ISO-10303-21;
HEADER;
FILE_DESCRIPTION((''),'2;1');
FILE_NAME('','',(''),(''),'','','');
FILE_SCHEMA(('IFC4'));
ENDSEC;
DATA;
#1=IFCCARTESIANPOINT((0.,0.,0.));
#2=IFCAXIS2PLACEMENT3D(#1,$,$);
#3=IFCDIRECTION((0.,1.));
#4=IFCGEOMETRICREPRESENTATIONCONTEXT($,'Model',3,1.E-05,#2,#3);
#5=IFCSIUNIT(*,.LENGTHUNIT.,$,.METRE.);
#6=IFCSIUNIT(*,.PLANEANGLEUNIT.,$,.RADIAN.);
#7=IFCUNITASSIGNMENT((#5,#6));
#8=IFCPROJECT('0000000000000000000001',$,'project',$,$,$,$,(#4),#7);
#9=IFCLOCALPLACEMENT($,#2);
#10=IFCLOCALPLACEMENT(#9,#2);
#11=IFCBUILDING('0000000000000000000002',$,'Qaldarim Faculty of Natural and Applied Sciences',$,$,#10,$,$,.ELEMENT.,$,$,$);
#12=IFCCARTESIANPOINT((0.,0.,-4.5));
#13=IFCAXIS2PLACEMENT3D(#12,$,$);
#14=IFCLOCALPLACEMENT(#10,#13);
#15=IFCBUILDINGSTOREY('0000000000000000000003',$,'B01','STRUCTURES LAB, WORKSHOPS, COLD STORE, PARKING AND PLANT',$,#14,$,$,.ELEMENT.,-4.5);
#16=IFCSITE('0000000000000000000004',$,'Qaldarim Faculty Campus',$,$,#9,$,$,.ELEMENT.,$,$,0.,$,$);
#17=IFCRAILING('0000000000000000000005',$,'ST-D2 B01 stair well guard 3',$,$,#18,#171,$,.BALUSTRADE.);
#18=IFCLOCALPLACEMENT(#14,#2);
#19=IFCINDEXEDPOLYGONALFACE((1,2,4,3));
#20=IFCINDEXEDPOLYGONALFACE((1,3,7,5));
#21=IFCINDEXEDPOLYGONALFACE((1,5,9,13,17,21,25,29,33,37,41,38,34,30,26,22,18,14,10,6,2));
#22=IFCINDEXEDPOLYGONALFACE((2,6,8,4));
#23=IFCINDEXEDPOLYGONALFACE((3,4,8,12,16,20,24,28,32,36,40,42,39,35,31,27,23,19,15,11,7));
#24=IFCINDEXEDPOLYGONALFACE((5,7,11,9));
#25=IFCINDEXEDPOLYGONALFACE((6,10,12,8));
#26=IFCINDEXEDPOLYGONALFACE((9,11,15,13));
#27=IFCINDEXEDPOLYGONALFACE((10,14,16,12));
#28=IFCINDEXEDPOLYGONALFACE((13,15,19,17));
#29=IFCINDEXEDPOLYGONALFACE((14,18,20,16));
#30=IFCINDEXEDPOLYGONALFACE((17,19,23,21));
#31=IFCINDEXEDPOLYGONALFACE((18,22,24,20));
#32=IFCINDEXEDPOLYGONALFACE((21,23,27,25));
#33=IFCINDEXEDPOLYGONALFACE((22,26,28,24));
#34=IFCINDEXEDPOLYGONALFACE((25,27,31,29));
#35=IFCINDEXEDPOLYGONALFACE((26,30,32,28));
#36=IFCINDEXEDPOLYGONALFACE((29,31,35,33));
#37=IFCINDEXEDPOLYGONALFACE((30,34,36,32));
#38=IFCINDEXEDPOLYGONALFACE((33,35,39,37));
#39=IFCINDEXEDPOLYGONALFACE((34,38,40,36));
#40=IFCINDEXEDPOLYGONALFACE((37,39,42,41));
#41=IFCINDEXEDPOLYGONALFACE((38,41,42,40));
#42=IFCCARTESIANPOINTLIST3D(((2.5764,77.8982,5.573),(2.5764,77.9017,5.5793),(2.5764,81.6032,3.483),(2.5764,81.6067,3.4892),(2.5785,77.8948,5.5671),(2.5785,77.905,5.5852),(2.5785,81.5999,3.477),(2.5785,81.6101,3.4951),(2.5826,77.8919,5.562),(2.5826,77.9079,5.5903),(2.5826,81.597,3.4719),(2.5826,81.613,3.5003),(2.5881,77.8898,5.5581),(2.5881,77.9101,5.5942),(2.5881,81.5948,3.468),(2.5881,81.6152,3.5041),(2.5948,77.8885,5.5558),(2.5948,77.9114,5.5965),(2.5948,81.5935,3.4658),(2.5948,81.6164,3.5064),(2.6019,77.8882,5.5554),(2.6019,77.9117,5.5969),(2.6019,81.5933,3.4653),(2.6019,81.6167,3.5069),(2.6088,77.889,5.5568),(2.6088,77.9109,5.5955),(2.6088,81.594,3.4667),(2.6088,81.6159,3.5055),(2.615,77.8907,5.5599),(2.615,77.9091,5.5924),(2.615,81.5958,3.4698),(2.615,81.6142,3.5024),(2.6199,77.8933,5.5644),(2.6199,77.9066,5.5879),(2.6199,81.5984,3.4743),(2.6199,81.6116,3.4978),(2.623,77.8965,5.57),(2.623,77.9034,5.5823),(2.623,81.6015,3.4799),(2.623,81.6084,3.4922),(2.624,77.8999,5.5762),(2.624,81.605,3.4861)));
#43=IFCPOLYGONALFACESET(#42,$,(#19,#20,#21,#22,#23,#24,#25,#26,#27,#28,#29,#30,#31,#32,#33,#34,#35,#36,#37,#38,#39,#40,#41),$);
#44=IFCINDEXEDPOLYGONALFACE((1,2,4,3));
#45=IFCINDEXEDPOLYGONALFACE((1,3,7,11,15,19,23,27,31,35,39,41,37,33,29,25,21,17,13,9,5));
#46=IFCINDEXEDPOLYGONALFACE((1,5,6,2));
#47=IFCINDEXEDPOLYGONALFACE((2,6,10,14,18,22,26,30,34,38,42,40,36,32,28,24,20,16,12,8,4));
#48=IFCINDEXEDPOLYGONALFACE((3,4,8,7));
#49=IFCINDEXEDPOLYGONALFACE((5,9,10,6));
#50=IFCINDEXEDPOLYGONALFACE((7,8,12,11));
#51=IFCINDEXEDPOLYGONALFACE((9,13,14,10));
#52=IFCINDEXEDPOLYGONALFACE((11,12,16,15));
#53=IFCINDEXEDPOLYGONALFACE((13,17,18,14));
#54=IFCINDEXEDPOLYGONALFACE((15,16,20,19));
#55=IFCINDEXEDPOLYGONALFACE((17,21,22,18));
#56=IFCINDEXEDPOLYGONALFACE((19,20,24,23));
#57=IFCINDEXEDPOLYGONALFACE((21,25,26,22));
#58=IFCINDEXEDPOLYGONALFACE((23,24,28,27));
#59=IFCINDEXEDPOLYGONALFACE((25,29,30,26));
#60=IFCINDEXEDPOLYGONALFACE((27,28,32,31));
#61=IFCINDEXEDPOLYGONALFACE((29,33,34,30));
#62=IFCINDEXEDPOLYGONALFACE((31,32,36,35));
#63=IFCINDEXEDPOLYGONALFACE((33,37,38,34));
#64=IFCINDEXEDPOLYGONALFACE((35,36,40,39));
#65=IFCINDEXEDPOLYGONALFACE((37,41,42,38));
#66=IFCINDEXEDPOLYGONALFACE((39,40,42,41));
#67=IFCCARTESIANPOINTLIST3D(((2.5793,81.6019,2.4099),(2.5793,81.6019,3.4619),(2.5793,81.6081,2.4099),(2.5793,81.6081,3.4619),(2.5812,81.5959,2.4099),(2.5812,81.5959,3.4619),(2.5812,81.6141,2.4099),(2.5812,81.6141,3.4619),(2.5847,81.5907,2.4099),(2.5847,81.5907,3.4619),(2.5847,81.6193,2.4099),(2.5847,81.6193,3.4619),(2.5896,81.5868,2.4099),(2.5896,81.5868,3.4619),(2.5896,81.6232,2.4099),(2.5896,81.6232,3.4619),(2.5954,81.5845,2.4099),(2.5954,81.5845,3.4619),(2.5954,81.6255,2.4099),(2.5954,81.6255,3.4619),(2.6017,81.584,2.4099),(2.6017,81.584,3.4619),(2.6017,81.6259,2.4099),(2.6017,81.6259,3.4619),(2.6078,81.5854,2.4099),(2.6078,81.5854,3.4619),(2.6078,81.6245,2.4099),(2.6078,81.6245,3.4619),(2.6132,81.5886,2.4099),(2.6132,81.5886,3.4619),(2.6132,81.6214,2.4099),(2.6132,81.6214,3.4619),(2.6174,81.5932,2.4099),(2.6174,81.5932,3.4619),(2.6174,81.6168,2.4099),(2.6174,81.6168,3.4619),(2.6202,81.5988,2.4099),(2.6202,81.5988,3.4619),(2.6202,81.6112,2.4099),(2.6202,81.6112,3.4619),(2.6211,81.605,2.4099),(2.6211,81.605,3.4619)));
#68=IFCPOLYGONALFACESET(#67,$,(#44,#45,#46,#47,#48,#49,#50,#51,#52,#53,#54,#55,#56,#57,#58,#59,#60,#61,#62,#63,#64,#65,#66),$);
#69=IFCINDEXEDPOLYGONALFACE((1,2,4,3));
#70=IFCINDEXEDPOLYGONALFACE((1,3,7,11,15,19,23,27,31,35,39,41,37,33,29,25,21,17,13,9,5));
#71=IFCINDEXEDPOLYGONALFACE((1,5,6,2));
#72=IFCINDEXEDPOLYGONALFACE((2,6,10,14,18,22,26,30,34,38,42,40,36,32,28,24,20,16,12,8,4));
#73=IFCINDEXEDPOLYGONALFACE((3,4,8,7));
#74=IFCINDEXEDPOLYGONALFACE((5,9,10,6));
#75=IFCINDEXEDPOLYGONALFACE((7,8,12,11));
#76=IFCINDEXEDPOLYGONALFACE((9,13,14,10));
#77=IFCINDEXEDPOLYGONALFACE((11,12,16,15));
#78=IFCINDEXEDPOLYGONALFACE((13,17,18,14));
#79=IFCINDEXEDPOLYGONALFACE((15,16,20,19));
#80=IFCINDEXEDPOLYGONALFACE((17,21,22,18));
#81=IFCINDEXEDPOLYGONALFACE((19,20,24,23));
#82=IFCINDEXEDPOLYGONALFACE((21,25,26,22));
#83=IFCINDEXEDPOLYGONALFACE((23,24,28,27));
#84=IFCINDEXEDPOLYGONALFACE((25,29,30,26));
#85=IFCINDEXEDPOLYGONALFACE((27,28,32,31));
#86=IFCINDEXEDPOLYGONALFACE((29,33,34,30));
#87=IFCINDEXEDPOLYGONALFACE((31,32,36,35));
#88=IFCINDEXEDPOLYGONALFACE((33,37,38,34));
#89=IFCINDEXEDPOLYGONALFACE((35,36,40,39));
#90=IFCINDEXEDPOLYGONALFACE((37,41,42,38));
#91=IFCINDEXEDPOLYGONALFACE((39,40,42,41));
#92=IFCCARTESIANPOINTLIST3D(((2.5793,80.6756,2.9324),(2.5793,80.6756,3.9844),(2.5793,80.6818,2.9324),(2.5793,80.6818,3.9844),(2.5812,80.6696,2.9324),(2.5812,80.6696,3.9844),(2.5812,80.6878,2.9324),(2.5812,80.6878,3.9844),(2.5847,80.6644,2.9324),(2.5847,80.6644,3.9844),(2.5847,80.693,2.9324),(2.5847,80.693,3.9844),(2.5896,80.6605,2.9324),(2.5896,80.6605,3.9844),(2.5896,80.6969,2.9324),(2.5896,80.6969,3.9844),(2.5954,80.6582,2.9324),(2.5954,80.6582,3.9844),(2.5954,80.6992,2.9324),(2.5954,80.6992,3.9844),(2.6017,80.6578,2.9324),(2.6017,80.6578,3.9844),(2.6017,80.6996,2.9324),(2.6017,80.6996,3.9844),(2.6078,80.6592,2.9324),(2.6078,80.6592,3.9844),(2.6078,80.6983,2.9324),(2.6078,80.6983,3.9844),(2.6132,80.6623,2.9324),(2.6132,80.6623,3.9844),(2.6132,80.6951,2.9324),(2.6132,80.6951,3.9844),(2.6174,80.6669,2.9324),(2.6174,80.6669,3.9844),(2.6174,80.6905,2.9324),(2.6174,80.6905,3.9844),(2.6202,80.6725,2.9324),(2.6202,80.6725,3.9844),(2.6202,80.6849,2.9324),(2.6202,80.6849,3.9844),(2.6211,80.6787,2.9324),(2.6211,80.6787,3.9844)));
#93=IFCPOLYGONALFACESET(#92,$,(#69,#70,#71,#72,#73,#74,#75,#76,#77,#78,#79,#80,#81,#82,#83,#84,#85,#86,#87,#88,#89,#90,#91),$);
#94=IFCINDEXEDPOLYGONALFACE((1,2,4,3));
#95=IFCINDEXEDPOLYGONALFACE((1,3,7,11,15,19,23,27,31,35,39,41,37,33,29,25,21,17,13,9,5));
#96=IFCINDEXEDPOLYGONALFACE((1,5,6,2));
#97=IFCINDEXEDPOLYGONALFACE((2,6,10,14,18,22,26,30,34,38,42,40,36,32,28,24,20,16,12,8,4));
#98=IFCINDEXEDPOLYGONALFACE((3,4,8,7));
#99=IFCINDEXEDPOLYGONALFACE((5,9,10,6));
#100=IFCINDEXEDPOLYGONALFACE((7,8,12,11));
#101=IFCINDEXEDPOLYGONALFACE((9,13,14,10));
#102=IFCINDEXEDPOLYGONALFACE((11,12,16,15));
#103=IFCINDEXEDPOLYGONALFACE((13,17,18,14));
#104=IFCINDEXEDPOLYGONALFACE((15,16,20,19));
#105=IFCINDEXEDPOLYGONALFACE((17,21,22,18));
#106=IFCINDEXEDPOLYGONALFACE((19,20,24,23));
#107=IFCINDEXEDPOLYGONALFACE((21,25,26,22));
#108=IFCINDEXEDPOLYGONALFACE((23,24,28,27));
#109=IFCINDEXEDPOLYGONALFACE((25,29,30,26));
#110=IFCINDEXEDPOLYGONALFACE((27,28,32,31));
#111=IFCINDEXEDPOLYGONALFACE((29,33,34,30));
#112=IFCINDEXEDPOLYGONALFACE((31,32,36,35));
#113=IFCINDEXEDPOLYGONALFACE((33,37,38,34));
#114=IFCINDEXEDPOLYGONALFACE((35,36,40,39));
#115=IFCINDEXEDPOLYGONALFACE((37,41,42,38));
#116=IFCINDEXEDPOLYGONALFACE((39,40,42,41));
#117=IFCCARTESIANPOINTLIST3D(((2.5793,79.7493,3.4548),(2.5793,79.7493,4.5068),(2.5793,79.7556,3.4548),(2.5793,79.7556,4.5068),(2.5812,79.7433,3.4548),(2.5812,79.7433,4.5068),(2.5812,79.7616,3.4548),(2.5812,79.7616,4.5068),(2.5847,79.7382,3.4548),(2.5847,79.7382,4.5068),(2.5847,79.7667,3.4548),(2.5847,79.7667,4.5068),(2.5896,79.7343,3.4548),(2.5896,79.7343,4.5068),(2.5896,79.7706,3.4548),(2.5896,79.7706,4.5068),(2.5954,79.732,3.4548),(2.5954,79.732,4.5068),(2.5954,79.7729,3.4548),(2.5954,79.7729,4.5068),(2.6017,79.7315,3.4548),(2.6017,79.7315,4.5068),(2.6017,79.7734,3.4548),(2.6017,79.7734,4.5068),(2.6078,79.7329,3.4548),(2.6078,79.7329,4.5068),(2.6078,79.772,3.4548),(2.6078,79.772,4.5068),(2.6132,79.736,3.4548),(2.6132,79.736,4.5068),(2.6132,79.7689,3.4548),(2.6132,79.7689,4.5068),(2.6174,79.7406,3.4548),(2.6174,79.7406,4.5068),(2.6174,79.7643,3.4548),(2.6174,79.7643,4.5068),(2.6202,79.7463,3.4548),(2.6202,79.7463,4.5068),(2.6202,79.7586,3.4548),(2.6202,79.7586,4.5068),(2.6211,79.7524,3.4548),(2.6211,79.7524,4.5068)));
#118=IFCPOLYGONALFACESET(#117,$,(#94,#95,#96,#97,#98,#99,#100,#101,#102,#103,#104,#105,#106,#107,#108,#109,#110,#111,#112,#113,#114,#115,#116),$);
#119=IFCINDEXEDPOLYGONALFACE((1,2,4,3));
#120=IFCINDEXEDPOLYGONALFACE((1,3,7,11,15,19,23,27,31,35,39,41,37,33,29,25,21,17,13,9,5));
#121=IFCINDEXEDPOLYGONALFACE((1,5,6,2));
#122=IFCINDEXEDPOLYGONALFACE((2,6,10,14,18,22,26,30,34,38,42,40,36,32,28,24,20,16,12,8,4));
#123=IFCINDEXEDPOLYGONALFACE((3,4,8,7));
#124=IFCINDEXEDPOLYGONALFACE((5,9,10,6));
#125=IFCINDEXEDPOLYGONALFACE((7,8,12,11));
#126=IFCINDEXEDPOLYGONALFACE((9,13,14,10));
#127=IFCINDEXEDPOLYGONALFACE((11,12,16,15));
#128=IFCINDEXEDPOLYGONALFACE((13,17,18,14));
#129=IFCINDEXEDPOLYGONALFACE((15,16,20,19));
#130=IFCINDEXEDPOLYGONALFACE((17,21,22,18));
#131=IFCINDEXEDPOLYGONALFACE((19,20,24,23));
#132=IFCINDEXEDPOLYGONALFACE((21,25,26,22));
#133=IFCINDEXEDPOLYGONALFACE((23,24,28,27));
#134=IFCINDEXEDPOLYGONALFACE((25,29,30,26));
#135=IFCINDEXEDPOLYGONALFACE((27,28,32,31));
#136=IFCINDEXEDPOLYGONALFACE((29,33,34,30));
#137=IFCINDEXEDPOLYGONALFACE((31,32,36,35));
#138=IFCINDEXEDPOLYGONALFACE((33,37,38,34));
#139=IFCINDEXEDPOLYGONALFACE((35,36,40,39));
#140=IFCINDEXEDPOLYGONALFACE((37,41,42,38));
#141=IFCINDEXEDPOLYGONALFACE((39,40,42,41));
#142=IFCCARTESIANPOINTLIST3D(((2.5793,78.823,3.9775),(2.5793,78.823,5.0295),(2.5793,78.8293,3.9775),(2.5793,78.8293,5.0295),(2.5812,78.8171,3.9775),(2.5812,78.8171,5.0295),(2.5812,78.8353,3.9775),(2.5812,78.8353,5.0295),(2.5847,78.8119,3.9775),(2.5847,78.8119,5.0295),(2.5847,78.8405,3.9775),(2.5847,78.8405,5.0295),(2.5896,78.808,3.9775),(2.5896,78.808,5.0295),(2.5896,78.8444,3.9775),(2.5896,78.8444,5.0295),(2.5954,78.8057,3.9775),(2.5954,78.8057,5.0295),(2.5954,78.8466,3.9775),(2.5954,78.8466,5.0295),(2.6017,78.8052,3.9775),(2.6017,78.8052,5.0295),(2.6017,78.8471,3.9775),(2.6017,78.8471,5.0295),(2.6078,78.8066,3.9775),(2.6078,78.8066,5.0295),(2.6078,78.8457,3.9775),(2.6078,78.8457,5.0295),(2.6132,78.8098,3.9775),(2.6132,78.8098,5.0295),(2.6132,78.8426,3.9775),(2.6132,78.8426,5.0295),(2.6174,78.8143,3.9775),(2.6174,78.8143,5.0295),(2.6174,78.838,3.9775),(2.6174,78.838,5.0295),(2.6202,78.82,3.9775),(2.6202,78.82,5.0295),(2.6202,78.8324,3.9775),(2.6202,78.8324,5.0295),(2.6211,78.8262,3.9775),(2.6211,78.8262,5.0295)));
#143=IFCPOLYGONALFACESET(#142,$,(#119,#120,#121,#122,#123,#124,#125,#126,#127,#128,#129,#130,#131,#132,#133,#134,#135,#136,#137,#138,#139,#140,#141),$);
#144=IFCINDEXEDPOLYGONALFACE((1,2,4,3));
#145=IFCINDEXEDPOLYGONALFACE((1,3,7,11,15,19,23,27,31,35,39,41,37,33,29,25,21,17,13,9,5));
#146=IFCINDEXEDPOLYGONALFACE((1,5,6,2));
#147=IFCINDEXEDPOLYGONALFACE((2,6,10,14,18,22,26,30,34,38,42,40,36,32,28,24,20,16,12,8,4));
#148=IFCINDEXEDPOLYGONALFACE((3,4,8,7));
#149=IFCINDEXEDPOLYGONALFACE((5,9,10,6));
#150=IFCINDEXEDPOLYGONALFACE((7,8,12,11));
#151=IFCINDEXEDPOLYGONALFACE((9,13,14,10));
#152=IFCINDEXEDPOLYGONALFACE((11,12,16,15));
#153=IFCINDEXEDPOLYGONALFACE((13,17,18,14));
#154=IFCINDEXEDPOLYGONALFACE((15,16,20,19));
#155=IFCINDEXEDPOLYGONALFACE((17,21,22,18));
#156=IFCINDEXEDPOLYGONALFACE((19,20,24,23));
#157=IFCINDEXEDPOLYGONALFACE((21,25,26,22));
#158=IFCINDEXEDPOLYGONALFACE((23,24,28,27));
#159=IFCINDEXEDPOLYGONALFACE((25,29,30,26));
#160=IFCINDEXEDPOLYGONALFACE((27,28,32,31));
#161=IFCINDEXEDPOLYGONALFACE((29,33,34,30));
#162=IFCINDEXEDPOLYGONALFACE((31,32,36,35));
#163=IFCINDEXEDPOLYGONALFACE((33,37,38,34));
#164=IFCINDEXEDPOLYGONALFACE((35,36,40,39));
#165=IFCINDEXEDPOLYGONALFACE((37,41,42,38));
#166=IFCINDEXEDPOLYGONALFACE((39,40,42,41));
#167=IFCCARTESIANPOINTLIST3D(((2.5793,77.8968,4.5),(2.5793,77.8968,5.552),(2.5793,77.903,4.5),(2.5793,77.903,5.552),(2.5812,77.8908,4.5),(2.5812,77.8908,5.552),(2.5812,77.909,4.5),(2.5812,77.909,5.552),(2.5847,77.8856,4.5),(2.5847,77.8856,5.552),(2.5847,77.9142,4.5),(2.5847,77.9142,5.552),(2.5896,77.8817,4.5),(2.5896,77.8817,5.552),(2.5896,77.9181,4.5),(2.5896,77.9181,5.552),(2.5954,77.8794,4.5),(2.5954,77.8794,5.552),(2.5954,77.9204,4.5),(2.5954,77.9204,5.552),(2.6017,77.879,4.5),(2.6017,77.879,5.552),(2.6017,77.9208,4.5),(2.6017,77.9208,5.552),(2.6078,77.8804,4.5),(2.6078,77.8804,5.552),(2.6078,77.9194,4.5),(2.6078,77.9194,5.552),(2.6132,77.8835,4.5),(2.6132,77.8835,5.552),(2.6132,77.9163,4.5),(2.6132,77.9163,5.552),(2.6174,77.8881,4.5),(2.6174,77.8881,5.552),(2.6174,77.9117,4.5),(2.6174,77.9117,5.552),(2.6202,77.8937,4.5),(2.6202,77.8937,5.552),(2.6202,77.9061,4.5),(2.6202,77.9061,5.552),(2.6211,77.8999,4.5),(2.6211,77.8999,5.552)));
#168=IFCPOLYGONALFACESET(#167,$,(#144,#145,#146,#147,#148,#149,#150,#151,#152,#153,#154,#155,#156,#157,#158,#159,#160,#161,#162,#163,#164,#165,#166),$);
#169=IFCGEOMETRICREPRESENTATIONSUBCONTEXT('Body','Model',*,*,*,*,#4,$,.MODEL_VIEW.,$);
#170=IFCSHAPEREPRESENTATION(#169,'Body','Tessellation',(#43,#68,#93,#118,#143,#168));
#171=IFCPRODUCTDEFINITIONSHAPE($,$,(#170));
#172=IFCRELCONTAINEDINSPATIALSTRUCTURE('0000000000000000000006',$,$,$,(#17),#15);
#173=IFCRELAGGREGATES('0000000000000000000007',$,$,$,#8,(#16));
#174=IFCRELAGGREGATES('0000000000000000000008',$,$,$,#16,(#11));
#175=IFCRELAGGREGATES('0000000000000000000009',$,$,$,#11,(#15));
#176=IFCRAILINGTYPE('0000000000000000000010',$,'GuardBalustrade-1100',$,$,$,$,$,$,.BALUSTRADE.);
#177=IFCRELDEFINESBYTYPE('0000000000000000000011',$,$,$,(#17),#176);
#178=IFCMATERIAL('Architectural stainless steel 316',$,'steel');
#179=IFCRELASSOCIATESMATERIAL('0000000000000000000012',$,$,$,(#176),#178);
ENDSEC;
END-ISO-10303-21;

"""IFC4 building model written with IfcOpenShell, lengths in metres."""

from ifc_helpers import new_model, si_unit, direction, frame, origin, origin_2d, place, context, subcontext, project, spatial, circle, extrude, material, type_object, element, save


model = new_model("IFC4")

# Units and contexts
model_context = context("Model", 3, precision=1e-05, world=origin(), true_north=direction((0.0, 1.0)))
body_context = subcontext(model_context, "Body", "Model", "MODEL_VIEW")
ifc_project = project(units=[si_unit("LENGTHUNIT", "METRE"), si_unit("PLANEANGLEUNIT", "RADIAN")], contexts=[model_context])

# Site, building, storey
site_placement = place(None, origin())
site = spatial("IfcSite", under=ifc_project, at=site_placement, Name="Qaldarim Faculty Campus", CompositionType="ELEMENT", RefElevation=0.0)
building_placement = place(site_placement, origin())
building = spatial("IfcBuilding", under=site, at=building_placement, Name="Qaldarim Faculty of Natural and Applied Sciences", CompositionType="ELEMENT")
storey_placement = place(building_placement, frame((0.0, 0.0, -4.5)))
storey = spatial("IfcBuildingStorey", under=building, at=storey_placement, Name="B01", Description="STRUCTURES LAB, WORKSHOPS, COLD STORE, PARKING AND PLANT", CompositionType="ELEMENT", Elevation=-4.5)

# Railing
ifc_material_1 = material(Name="Architectural stainless steel 316", Category="steel")
railing_type_1 = type_object("IfcRailingType", Name="GuardBalustrade-1100", PredefinedType="BALUSTRADE", material=ifc_material_1)
railing_1_placement = place(storey_placement, frame((2.6001, 81.605, 2.4099)))
element("IfcRailing", 1, at=railing_1_placement, inside=storey, type_object=railing_type_1, Name="ST-D2 B01 stair well guard 3", PredefinedType="BALUSTRADE", context=body_context, shape_type="SweptSolid", body=[
    extrude(circle(Radius=0.0239, at=origin_2d()), frame((0.0, 0.0, 1.0762), z_axis=(0.0, -0.870974, 0.491329), x_axis=(1.0, 0.0, 0.0)), (0.0, 0.0, 1.0), 4.2539),
    extrude(circle(Radius=0.021, at=origin_2d()), origin(), (0.0, 0.0, 1.0), 1.052),
    extrude(circle(Radius=0.021, at=origin_2d()), frame((0.0, -0.9263, 0.5225)), (0.0, 0.0, 1.0), 1.052),
    extrude(circle(Radius=0.021, at=origin_2d()), frame((0.0, -1.8525, 1.0449)), (0.0, 0.0, 1.0), 1.052),
    extrude(circle(Radius=0.021, at=origin_2d()), frame((0.0, -2.7788, 1.5676)), (0.0, 0.0, 1.0), 1.052),
    extrude(circle(Radius=0.021, at=origin_2d()), frame((0.0, -3.7051, 2.0901)), (0.0, 0.0, 1.0), 1.052),
])

save(model, "model.ifc")
